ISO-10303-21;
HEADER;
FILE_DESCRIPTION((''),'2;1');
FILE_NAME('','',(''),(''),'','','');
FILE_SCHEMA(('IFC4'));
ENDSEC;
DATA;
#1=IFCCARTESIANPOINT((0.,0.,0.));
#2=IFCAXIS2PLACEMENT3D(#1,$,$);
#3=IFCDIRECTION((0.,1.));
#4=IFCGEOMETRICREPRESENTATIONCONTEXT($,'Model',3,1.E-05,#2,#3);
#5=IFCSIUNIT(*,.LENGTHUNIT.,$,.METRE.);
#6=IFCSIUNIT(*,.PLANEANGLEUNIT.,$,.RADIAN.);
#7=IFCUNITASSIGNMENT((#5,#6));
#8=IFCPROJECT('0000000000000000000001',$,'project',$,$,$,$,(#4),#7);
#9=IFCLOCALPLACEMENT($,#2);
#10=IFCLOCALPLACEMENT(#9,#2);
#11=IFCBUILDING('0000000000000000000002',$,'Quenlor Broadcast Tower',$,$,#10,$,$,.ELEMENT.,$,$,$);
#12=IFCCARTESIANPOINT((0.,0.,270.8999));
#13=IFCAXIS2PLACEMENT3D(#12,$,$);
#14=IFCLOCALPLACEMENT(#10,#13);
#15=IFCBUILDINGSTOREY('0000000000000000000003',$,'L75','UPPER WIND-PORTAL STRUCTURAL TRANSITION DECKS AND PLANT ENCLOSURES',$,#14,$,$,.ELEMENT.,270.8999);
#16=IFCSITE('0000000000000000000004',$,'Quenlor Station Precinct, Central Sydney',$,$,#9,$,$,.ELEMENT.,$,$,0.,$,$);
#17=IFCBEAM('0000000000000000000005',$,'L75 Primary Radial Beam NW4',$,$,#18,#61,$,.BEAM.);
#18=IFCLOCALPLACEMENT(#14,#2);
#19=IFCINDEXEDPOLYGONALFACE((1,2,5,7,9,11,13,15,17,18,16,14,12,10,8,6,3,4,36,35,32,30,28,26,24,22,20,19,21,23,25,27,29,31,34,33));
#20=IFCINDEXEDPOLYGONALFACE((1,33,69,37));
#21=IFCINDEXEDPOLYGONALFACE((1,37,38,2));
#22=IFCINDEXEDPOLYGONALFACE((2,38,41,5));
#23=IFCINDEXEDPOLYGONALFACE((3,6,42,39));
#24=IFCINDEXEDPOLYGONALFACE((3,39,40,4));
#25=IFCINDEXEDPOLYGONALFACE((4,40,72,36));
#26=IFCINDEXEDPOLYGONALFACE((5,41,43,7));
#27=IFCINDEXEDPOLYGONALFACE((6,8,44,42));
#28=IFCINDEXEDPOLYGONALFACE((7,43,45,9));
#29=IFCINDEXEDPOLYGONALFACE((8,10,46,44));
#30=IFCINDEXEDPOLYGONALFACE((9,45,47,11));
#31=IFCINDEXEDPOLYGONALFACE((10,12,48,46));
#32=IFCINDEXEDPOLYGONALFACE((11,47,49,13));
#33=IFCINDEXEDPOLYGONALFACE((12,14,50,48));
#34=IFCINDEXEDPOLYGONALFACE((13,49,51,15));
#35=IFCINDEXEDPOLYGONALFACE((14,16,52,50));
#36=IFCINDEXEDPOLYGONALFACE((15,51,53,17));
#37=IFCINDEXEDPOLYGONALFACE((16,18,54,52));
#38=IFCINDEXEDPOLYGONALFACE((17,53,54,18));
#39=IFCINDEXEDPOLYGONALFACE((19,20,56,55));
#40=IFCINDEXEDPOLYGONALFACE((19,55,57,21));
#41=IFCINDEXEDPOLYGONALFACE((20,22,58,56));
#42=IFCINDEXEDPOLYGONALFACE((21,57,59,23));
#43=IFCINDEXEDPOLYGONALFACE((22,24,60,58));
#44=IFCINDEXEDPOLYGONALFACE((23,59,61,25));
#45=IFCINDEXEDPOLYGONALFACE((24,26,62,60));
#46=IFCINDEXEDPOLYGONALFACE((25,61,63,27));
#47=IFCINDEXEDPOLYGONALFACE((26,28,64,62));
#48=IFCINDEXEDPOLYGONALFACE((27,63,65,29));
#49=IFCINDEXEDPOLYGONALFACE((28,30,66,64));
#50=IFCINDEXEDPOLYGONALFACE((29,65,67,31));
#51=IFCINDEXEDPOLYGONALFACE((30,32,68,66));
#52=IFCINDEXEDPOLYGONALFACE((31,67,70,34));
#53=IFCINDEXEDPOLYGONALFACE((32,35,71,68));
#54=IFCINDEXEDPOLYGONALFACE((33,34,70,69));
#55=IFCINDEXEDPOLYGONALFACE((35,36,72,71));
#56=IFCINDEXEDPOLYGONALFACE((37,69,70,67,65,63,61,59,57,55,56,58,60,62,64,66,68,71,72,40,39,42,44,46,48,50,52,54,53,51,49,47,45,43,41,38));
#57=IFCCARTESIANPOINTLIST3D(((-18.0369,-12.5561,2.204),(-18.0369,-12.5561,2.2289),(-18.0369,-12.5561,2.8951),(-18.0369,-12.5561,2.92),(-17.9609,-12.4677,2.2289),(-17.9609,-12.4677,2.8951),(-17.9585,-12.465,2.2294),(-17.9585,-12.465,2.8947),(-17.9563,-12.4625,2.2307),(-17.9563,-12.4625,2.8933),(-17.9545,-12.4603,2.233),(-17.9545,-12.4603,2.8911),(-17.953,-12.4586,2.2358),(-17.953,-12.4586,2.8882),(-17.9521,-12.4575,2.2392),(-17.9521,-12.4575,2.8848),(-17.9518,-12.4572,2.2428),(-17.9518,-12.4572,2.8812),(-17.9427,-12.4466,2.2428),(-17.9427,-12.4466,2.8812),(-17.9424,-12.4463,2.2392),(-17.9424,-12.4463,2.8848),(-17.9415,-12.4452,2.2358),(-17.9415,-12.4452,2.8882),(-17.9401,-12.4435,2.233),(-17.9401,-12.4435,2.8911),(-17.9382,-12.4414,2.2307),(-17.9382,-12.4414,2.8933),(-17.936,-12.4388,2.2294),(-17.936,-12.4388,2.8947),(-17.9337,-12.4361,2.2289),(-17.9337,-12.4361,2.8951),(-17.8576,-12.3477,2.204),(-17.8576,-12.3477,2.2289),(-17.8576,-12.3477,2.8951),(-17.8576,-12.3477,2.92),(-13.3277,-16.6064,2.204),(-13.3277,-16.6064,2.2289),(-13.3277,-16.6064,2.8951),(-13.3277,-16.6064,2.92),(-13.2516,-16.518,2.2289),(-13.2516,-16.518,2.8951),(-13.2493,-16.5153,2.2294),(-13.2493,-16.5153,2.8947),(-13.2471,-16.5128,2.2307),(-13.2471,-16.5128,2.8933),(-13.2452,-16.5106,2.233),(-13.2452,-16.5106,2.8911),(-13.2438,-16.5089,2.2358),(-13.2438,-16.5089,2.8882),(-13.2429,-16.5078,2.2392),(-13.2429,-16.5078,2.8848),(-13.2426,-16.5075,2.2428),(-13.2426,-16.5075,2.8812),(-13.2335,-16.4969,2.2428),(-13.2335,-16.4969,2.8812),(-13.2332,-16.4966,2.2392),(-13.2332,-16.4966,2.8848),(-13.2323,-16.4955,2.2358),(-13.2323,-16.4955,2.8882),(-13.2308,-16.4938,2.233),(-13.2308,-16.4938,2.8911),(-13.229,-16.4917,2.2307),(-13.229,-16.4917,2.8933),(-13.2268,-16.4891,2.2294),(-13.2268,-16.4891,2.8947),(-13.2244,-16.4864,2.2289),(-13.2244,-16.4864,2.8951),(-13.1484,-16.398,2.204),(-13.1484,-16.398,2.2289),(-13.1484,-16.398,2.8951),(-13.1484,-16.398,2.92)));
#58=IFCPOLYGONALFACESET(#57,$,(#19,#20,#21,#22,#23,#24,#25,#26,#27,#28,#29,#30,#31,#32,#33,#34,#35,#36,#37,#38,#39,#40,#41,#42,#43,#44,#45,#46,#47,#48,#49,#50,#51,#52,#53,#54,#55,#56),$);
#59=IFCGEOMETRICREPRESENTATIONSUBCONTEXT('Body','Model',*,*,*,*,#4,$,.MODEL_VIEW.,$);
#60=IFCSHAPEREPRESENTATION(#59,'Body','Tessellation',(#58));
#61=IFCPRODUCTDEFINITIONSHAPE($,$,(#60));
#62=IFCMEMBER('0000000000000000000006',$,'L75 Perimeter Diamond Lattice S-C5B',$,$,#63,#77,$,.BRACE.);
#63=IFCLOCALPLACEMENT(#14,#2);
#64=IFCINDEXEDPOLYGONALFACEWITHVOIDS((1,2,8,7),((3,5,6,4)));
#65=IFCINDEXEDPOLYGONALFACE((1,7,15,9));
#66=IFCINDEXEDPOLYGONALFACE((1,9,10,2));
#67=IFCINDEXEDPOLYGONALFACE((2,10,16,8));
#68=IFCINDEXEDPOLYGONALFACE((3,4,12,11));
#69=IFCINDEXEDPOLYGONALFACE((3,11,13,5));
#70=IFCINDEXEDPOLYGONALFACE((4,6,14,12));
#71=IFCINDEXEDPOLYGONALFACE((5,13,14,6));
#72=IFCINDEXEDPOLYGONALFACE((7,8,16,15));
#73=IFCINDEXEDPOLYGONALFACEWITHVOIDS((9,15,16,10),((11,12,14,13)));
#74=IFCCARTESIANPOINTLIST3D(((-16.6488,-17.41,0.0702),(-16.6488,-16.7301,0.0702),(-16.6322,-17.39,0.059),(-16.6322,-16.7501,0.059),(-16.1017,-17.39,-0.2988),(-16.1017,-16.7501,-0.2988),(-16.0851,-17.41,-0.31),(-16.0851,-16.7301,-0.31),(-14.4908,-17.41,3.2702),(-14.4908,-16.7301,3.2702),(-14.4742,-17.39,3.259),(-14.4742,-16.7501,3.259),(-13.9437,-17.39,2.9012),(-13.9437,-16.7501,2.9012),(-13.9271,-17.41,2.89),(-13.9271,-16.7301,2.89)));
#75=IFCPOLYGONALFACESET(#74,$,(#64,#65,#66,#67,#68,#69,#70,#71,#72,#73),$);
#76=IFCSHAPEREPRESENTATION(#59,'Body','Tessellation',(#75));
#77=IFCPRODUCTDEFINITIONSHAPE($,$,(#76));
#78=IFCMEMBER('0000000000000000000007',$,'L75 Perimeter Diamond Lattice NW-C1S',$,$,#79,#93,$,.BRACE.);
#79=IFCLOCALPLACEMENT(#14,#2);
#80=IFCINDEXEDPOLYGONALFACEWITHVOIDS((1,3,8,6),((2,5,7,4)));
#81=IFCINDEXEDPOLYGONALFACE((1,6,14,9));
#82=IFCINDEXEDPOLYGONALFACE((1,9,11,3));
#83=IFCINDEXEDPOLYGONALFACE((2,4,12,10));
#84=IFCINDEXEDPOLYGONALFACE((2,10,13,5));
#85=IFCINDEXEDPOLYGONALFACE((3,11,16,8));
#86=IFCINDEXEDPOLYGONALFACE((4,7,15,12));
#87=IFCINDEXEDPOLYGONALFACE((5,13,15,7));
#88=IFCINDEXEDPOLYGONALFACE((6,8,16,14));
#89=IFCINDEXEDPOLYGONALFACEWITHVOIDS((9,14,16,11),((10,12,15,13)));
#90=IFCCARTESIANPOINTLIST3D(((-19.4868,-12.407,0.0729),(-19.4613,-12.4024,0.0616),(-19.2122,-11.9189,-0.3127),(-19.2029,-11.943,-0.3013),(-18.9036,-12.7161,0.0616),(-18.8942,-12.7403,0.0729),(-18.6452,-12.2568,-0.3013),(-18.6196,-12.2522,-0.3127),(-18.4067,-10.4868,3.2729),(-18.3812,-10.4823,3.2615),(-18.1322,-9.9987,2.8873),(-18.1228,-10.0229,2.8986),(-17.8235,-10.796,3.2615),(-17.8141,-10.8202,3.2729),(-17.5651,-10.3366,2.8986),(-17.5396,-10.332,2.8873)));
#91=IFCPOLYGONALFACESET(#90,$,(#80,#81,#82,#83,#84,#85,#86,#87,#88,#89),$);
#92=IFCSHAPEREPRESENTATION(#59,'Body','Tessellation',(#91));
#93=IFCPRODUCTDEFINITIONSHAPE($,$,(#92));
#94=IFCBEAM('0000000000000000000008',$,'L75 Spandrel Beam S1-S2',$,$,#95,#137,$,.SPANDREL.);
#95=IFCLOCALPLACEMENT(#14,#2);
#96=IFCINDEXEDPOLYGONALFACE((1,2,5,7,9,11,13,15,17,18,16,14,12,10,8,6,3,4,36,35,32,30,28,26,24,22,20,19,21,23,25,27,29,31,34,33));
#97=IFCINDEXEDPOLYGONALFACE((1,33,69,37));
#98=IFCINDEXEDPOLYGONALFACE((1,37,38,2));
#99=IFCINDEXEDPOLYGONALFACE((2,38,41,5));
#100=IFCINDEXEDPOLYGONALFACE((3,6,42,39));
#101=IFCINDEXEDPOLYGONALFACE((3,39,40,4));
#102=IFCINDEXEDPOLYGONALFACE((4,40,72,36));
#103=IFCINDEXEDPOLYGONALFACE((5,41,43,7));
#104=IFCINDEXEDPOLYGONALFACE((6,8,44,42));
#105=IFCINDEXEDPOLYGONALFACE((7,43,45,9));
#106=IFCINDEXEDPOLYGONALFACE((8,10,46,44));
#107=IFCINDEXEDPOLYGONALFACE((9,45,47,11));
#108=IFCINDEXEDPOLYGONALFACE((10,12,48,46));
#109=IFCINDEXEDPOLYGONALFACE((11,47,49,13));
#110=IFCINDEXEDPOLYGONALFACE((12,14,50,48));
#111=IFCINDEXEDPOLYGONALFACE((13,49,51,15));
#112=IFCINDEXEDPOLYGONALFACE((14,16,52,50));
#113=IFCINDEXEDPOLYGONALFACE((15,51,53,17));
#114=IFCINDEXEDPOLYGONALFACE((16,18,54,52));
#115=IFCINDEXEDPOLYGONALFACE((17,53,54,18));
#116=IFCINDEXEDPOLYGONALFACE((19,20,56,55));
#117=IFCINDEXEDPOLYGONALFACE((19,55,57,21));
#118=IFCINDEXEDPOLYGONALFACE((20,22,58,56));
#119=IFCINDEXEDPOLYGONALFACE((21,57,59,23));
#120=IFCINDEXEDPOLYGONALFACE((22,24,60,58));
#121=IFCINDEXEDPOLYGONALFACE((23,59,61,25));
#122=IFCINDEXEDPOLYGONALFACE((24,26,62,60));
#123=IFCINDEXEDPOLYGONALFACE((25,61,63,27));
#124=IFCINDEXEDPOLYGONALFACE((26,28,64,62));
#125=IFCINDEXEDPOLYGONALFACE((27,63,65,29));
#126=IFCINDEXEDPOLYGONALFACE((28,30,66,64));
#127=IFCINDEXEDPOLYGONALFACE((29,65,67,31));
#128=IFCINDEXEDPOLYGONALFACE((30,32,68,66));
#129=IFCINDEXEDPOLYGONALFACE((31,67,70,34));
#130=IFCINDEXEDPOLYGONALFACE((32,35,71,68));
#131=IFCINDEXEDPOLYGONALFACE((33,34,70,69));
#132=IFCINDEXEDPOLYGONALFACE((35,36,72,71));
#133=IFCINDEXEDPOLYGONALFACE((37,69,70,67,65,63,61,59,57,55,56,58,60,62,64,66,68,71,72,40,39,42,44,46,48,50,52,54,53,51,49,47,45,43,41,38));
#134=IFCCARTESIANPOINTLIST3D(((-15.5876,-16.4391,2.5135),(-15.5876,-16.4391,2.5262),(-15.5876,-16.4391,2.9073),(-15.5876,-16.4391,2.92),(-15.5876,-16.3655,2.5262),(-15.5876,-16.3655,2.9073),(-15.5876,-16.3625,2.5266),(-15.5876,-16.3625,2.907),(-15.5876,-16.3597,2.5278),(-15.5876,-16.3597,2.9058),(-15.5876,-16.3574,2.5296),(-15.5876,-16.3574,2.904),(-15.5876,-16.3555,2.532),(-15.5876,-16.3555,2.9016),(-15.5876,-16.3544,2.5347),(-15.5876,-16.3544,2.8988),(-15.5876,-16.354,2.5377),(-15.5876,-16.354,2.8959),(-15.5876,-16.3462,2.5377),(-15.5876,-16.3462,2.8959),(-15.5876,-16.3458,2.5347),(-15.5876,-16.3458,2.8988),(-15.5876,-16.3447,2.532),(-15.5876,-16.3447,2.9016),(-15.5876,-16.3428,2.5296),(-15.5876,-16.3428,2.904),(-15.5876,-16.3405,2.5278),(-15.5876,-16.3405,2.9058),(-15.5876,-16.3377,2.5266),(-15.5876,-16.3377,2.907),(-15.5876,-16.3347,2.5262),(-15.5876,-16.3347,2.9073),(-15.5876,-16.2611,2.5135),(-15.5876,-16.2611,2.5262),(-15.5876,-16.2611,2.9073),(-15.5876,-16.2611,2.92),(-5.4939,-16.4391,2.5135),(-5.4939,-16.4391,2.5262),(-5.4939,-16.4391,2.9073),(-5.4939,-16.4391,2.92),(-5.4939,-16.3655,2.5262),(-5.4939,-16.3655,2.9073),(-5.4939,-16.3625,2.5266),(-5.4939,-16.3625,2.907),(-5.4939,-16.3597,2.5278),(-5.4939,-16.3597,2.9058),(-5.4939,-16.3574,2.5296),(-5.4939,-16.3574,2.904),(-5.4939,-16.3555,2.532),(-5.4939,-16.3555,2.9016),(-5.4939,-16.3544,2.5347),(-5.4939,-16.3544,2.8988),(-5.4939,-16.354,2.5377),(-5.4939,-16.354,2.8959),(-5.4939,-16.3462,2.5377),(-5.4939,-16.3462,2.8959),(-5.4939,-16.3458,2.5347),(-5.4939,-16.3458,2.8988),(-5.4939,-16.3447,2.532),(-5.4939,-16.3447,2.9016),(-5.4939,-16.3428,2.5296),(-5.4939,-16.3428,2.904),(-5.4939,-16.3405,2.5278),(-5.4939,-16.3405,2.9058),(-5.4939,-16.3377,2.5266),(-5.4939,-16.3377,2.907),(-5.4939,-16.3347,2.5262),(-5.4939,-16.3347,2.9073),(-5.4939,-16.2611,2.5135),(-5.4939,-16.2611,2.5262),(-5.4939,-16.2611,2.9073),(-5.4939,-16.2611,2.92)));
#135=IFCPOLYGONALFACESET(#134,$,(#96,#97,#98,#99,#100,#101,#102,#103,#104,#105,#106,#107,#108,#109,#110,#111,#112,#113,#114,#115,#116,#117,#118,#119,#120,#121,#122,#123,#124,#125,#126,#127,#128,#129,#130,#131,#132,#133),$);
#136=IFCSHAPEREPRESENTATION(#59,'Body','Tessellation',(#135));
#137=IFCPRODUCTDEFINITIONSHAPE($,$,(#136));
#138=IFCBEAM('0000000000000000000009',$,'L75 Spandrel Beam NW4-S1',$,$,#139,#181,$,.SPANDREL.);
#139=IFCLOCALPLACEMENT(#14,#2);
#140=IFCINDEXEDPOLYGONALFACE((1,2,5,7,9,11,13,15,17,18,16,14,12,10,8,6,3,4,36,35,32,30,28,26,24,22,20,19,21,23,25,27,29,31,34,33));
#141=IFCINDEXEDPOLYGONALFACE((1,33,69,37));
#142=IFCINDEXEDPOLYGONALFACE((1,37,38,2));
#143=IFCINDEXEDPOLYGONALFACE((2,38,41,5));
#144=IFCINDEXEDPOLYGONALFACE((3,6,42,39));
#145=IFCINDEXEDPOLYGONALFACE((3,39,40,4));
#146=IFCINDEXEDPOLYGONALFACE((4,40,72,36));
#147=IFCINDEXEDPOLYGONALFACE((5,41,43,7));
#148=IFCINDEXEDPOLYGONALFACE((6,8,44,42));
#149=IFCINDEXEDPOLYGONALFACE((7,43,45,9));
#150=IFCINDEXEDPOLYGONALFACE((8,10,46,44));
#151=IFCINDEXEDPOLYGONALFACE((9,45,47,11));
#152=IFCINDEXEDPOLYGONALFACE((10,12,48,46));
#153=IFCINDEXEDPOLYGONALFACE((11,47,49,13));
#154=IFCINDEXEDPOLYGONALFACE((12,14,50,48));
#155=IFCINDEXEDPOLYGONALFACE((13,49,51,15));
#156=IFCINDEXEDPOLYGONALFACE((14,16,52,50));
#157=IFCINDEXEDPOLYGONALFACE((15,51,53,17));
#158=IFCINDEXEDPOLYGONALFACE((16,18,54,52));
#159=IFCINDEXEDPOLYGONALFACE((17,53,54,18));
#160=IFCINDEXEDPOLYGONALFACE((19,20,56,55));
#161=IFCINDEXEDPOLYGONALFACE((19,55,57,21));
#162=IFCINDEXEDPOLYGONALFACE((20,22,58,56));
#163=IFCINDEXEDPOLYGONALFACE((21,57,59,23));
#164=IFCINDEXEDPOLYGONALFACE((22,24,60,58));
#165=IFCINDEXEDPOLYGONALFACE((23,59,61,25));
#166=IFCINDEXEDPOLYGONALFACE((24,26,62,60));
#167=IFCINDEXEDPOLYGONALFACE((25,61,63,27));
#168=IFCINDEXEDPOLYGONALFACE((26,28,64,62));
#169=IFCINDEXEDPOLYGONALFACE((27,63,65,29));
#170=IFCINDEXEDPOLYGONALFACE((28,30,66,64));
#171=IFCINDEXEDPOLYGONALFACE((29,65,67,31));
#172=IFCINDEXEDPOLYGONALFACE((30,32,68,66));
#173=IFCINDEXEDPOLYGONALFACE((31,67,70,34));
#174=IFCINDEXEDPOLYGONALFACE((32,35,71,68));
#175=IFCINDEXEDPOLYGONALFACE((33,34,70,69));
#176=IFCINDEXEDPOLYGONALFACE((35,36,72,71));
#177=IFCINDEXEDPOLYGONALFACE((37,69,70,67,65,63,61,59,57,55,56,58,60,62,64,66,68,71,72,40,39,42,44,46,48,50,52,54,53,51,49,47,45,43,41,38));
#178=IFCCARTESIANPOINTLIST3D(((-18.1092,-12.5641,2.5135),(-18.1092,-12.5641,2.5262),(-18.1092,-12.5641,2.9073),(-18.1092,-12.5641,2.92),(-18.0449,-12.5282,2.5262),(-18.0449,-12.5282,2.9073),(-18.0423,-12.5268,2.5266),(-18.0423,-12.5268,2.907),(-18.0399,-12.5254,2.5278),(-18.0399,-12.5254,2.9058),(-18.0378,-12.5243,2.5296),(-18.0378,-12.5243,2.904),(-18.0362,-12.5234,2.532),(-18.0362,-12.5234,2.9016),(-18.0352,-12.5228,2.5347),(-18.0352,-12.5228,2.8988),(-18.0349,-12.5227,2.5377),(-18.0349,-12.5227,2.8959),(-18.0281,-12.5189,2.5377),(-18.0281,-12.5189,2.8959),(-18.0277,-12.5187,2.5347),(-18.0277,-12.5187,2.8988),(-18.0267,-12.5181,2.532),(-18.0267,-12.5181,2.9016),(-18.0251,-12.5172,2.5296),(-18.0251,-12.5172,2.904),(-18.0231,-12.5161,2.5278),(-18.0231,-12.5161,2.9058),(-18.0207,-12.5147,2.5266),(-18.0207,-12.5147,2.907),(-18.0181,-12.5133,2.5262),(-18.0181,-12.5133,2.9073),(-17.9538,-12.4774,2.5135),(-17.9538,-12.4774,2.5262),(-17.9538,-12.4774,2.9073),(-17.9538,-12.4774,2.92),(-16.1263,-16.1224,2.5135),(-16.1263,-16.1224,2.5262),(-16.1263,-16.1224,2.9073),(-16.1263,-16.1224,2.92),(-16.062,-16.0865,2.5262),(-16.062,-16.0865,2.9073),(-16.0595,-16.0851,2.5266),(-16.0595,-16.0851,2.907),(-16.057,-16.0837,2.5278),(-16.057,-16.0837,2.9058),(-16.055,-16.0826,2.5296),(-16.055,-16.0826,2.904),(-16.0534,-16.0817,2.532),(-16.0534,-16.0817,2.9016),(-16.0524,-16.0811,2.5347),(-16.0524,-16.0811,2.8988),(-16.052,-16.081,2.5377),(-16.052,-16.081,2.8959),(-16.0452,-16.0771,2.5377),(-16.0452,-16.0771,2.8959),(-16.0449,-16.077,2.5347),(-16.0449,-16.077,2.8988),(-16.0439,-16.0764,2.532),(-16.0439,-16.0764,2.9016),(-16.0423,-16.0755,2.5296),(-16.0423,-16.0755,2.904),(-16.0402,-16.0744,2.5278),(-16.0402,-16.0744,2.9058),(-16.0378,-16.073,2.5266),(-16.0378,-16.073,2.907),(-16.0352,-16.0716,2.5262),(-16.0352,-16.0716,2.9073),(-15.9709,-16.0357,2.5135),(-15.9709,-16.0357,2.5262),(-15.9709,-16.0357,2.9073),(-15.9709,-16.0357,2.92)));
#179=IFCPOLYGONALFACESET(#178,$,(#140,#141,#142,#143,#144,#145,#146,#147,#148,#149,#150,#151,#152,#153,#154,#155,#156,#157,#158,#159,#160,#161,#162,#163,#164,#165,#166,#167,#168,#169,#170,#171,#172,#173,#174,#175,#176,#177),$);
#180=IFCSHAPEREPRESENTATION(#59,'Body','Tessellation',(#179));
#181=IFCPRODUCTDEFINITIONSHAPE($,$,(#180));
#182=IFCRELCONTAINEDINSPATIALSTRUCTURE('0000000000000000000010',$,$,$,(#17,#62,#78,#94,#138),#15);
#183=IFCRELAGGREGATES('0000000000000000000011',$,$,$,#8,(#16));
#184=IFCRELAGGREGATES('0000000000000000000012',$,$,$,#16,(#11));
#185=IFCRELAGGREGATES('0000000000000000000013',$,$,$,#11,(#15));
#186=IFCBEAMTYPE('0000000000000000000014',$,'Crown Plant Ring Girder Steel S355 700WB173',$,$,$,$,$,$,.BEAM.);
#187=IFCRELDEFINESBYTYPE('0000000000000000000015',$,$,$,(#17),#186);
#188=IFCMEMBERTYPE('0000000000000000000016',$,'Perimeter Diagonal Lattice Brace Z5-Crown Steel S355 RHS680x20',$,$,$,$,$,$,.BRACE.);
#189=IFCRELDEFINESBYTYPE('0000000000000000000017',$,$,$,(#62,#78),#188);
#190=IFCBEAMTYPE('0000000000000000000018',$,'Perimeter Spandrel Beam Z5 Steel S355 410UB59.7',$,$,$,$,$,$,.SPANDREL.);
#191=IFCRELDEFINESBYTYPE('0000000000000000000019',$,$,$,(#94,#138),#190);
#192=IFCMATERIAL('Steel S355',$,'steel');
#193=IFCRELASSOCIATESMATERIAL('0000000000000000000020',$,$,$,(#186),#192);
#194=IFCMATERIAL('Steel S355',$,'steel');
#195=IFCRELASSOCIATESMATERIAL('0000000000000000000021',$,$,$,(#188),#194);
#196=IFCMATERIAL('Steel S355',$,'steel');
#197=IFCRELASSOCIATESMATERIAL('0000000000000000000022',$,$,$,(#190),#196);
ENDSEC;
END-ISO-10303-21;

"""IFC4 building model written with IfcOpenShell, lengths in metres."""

from ifc_helpers import new_model, si_unit, direction, frame, origin, origin_2d, place, context, subcontext, project, spatial, hollow_rectangle, i_section, extrude, material, material_profile, profile_set, type_object, element, save


model = new_model("IFC4")

# Units and contexts
model_context = context("Model", 3, precision=1e-05, world=origin(), true_north=direction((0.0, 1.0)))
body_context = subcontext(model_context, "Body", "Model", "MODEL_VIEW")
ifc_project = project(units=[si_unit("LENGTHUNIT", "METRE"), si_unit("PLANEANGLEUNIT", "RADIAN")], contexts=[model_context])

# Site, building, storey
site_placement = place(None, origin())
site = spatial("IfcSite", under=ifc_project, at=site_placement, Name="Quenlor Station Precinct, Central Sydney", CompositionType="ELEMENT", RefElevation=0.0)
building_placement = place(site_placement, origin())
building = spatial("IfcBuilding", under=site, at=building_placement, Name="Quenlor Broadcast Tower", CompositionType="ELEMENT")
storey_placement = place(building_placement, frame((0.0, 0.0, 270.8999)))
storey = spatial("IfcBuildingStorey", under=building, at=storey_placement, Name="L75", Description="UPPER WIND-PORTAL STRUCTURAL TRANSITION DECKS AND PLANT ENCLOSURES", CompositionType="ELEMENT", Elevation=270.8999)

# Beam
ifc_material_1 = material(Name="Steel S355", Category="steel")
ifc_material_profile_1 = material_profile(ifc_material_1, i_section(OverallWidth=0.2749, OverallDepth=0.7161, WebThickness=0.0139, FlangeThickness=0.0249, FilletRadius=0.0139, at=origin_2d()))
ifc_profile_set_1 = profile_set([ifc_material_profile_1], Name="Steel S355 700WB173")
beam_type_1 = type_object("IfcBeamType", Name="Crown Plant Ring Girder Steel S355 700WB173", PredefinedType="BEAM", material=ifc_profile_set_1)
beam_1_placement = place(storey_placement, frame((-17.9473, -12.4519, 2.562), z_axis=(0.758157, -0.652072, 0.0), x_axis=(0.652072, 0.758157, 0.0)))
element("IfcBeam", 1, at=beam_1_placement, inside=storey, type_object=beam_type_1, Name="L75 Primary Radial Beam NW4", PredefinedType="BEAM", context=body_context, shape_type="SweptSolid", body=[
    extrude(i_section(OverallWidth=0.2749, OverallDepth=0.7161, WebThickness=0.0139, FlangeThickness=0.0249, FilletRadius=0.0139, at=origin_2d()), origin(), (0.0, 0.0, 1.0), 6.2114),
])

# Members
ifc_material_2 = material(Name="Steel S355", Category="steel")
ifc_material_profile_2 = material_profile(ifc_material_2, hollow_rectangle(XDim=0.6799, YDim=0.6799, WallThickness=0.02, at=origin_2d()))
ifc_profile_set_2 = profile_set([ifc_material_profile_2], Name="Steel S355 RHS680x680x20")
member_type_1 = type_object("IfcMemberType", Name="Perimeter Diagonal Lattice Brace Z5-Crown Steel S355 RHS680x20", PredefinedType="BRACE", material=ifc_profile_set_2)
member_1_placement = place(storey_placement, frame((-16.3669, -17.0701, -0.1199), z_axis=(0.559115, 0.0, 0.82909), x_axis=(0.0, 1.0, 0.0)))
element("IfcMember", 2, at=member_1_placement, inside=storey, type_object=member_type_1, Name="L75 Perimeter Diamond Lattice S-C5B", PredefinedType="BRACE", context=body_context, shape_type="SweptSolid", body=[
    extrude(hollow_rectangle(XDim=0.6799, YDim=0.6799, WallThickness=0.02, at=origin_2d()), origin(), (0.0, 0.0, 1.0), 3.8596),
])
member_2_placement = place(storey_placement, frame((-19.0532, -12.3296, -0.1199), z_axis=(0.278012, 0.49425, 0.823666), x_axis=(-0.871578, 0.490256, 0.0)))
element("IfcMember", 3, at=member_2_placement, inside=storey, type_object=member_type_1, Name="L75 Perimeter Diamond Lattice NW-C1S", PredefinedType="BRACE", context=body_context, shape_type="SweptSolid", body=[
    extrude(hollow_rectangle(XDim=0.6799, YDim=0.6799, WallThickness=0.02, at=origin_2d()), origin(), (0.0, 0.0, 1.0), 3.885),
])

# Beams
ifc_material_3 = material(Name="Steel S355", Category="steel")
ifc_material_profile_3 = material_profile(ifc_material_3, i_section(OverallWidth=0.178, OverallDepth=0.4065, WebThickness=0.0078, FlangeThickness=0.0127, FilletRadius=0.0115, at=origin_2d()))
ifc_profile_set_3 = profile_set([ifc_material_profile_3], Name="Steel S355 410UB59.7")
beam_type_2 = type_object("IfcBeamType", Name="Perimeter Spandrel Beam Z5 Steel S355 410UB59.7", PredefinedType="SPANDREL", material=ifc_profile_set_3)
beam_2_placement = place(storey_placement, frame((-15.5876, -16.3501, 2.7168), z_axis=(1.0, 0.0, 0.0), x_axis=(0.0, 1.0, 0.0)))
element("IfcBeam", 4, at=beam_2_placement, inside=storey, type_object=beam_type_2, Name="L75 Spandrel Beam S1-S2", PredefinedType="SPANDREL", context=body_context, shape_type="SweptSolid", body=[
    extrude(i_section(OverallWidth=0.178, OverallDepth=0.4065, WebThickness=0.0078, FlangeThickness=0.0127, FilletRadius=0.0115, at=origin_2d()), origin(), (0.0, 0.0, 1.0), 10.0938),
])
beam_3_placement = place(storey_placement, frame((-18.0315, -12.5208, 2.7168), z_axis=(0.486777, -0.873526, 0.0), x_axis=(0.873526, 0.486777, 0.0)))
element("IfcBeam", 5, at=beam_3_placement, inside=storey, type_object=beam_type_2, Name="L75 Spandrel Beam NW4-S1", PredefinedType="SPANDREL", context=body_context, shape_type="SweptSolid", body=[
    extrude(i_section(OverallWidth=0.178, OverallDepth=0.4065, WebThickness=0.0078, FlangeThickness=0.0127, FilletRadius=0.0115, at=origin_2d()), origin(), (0.0, 0.0, 1.0), 4.0735),
])

save(model, "model.ifc")
